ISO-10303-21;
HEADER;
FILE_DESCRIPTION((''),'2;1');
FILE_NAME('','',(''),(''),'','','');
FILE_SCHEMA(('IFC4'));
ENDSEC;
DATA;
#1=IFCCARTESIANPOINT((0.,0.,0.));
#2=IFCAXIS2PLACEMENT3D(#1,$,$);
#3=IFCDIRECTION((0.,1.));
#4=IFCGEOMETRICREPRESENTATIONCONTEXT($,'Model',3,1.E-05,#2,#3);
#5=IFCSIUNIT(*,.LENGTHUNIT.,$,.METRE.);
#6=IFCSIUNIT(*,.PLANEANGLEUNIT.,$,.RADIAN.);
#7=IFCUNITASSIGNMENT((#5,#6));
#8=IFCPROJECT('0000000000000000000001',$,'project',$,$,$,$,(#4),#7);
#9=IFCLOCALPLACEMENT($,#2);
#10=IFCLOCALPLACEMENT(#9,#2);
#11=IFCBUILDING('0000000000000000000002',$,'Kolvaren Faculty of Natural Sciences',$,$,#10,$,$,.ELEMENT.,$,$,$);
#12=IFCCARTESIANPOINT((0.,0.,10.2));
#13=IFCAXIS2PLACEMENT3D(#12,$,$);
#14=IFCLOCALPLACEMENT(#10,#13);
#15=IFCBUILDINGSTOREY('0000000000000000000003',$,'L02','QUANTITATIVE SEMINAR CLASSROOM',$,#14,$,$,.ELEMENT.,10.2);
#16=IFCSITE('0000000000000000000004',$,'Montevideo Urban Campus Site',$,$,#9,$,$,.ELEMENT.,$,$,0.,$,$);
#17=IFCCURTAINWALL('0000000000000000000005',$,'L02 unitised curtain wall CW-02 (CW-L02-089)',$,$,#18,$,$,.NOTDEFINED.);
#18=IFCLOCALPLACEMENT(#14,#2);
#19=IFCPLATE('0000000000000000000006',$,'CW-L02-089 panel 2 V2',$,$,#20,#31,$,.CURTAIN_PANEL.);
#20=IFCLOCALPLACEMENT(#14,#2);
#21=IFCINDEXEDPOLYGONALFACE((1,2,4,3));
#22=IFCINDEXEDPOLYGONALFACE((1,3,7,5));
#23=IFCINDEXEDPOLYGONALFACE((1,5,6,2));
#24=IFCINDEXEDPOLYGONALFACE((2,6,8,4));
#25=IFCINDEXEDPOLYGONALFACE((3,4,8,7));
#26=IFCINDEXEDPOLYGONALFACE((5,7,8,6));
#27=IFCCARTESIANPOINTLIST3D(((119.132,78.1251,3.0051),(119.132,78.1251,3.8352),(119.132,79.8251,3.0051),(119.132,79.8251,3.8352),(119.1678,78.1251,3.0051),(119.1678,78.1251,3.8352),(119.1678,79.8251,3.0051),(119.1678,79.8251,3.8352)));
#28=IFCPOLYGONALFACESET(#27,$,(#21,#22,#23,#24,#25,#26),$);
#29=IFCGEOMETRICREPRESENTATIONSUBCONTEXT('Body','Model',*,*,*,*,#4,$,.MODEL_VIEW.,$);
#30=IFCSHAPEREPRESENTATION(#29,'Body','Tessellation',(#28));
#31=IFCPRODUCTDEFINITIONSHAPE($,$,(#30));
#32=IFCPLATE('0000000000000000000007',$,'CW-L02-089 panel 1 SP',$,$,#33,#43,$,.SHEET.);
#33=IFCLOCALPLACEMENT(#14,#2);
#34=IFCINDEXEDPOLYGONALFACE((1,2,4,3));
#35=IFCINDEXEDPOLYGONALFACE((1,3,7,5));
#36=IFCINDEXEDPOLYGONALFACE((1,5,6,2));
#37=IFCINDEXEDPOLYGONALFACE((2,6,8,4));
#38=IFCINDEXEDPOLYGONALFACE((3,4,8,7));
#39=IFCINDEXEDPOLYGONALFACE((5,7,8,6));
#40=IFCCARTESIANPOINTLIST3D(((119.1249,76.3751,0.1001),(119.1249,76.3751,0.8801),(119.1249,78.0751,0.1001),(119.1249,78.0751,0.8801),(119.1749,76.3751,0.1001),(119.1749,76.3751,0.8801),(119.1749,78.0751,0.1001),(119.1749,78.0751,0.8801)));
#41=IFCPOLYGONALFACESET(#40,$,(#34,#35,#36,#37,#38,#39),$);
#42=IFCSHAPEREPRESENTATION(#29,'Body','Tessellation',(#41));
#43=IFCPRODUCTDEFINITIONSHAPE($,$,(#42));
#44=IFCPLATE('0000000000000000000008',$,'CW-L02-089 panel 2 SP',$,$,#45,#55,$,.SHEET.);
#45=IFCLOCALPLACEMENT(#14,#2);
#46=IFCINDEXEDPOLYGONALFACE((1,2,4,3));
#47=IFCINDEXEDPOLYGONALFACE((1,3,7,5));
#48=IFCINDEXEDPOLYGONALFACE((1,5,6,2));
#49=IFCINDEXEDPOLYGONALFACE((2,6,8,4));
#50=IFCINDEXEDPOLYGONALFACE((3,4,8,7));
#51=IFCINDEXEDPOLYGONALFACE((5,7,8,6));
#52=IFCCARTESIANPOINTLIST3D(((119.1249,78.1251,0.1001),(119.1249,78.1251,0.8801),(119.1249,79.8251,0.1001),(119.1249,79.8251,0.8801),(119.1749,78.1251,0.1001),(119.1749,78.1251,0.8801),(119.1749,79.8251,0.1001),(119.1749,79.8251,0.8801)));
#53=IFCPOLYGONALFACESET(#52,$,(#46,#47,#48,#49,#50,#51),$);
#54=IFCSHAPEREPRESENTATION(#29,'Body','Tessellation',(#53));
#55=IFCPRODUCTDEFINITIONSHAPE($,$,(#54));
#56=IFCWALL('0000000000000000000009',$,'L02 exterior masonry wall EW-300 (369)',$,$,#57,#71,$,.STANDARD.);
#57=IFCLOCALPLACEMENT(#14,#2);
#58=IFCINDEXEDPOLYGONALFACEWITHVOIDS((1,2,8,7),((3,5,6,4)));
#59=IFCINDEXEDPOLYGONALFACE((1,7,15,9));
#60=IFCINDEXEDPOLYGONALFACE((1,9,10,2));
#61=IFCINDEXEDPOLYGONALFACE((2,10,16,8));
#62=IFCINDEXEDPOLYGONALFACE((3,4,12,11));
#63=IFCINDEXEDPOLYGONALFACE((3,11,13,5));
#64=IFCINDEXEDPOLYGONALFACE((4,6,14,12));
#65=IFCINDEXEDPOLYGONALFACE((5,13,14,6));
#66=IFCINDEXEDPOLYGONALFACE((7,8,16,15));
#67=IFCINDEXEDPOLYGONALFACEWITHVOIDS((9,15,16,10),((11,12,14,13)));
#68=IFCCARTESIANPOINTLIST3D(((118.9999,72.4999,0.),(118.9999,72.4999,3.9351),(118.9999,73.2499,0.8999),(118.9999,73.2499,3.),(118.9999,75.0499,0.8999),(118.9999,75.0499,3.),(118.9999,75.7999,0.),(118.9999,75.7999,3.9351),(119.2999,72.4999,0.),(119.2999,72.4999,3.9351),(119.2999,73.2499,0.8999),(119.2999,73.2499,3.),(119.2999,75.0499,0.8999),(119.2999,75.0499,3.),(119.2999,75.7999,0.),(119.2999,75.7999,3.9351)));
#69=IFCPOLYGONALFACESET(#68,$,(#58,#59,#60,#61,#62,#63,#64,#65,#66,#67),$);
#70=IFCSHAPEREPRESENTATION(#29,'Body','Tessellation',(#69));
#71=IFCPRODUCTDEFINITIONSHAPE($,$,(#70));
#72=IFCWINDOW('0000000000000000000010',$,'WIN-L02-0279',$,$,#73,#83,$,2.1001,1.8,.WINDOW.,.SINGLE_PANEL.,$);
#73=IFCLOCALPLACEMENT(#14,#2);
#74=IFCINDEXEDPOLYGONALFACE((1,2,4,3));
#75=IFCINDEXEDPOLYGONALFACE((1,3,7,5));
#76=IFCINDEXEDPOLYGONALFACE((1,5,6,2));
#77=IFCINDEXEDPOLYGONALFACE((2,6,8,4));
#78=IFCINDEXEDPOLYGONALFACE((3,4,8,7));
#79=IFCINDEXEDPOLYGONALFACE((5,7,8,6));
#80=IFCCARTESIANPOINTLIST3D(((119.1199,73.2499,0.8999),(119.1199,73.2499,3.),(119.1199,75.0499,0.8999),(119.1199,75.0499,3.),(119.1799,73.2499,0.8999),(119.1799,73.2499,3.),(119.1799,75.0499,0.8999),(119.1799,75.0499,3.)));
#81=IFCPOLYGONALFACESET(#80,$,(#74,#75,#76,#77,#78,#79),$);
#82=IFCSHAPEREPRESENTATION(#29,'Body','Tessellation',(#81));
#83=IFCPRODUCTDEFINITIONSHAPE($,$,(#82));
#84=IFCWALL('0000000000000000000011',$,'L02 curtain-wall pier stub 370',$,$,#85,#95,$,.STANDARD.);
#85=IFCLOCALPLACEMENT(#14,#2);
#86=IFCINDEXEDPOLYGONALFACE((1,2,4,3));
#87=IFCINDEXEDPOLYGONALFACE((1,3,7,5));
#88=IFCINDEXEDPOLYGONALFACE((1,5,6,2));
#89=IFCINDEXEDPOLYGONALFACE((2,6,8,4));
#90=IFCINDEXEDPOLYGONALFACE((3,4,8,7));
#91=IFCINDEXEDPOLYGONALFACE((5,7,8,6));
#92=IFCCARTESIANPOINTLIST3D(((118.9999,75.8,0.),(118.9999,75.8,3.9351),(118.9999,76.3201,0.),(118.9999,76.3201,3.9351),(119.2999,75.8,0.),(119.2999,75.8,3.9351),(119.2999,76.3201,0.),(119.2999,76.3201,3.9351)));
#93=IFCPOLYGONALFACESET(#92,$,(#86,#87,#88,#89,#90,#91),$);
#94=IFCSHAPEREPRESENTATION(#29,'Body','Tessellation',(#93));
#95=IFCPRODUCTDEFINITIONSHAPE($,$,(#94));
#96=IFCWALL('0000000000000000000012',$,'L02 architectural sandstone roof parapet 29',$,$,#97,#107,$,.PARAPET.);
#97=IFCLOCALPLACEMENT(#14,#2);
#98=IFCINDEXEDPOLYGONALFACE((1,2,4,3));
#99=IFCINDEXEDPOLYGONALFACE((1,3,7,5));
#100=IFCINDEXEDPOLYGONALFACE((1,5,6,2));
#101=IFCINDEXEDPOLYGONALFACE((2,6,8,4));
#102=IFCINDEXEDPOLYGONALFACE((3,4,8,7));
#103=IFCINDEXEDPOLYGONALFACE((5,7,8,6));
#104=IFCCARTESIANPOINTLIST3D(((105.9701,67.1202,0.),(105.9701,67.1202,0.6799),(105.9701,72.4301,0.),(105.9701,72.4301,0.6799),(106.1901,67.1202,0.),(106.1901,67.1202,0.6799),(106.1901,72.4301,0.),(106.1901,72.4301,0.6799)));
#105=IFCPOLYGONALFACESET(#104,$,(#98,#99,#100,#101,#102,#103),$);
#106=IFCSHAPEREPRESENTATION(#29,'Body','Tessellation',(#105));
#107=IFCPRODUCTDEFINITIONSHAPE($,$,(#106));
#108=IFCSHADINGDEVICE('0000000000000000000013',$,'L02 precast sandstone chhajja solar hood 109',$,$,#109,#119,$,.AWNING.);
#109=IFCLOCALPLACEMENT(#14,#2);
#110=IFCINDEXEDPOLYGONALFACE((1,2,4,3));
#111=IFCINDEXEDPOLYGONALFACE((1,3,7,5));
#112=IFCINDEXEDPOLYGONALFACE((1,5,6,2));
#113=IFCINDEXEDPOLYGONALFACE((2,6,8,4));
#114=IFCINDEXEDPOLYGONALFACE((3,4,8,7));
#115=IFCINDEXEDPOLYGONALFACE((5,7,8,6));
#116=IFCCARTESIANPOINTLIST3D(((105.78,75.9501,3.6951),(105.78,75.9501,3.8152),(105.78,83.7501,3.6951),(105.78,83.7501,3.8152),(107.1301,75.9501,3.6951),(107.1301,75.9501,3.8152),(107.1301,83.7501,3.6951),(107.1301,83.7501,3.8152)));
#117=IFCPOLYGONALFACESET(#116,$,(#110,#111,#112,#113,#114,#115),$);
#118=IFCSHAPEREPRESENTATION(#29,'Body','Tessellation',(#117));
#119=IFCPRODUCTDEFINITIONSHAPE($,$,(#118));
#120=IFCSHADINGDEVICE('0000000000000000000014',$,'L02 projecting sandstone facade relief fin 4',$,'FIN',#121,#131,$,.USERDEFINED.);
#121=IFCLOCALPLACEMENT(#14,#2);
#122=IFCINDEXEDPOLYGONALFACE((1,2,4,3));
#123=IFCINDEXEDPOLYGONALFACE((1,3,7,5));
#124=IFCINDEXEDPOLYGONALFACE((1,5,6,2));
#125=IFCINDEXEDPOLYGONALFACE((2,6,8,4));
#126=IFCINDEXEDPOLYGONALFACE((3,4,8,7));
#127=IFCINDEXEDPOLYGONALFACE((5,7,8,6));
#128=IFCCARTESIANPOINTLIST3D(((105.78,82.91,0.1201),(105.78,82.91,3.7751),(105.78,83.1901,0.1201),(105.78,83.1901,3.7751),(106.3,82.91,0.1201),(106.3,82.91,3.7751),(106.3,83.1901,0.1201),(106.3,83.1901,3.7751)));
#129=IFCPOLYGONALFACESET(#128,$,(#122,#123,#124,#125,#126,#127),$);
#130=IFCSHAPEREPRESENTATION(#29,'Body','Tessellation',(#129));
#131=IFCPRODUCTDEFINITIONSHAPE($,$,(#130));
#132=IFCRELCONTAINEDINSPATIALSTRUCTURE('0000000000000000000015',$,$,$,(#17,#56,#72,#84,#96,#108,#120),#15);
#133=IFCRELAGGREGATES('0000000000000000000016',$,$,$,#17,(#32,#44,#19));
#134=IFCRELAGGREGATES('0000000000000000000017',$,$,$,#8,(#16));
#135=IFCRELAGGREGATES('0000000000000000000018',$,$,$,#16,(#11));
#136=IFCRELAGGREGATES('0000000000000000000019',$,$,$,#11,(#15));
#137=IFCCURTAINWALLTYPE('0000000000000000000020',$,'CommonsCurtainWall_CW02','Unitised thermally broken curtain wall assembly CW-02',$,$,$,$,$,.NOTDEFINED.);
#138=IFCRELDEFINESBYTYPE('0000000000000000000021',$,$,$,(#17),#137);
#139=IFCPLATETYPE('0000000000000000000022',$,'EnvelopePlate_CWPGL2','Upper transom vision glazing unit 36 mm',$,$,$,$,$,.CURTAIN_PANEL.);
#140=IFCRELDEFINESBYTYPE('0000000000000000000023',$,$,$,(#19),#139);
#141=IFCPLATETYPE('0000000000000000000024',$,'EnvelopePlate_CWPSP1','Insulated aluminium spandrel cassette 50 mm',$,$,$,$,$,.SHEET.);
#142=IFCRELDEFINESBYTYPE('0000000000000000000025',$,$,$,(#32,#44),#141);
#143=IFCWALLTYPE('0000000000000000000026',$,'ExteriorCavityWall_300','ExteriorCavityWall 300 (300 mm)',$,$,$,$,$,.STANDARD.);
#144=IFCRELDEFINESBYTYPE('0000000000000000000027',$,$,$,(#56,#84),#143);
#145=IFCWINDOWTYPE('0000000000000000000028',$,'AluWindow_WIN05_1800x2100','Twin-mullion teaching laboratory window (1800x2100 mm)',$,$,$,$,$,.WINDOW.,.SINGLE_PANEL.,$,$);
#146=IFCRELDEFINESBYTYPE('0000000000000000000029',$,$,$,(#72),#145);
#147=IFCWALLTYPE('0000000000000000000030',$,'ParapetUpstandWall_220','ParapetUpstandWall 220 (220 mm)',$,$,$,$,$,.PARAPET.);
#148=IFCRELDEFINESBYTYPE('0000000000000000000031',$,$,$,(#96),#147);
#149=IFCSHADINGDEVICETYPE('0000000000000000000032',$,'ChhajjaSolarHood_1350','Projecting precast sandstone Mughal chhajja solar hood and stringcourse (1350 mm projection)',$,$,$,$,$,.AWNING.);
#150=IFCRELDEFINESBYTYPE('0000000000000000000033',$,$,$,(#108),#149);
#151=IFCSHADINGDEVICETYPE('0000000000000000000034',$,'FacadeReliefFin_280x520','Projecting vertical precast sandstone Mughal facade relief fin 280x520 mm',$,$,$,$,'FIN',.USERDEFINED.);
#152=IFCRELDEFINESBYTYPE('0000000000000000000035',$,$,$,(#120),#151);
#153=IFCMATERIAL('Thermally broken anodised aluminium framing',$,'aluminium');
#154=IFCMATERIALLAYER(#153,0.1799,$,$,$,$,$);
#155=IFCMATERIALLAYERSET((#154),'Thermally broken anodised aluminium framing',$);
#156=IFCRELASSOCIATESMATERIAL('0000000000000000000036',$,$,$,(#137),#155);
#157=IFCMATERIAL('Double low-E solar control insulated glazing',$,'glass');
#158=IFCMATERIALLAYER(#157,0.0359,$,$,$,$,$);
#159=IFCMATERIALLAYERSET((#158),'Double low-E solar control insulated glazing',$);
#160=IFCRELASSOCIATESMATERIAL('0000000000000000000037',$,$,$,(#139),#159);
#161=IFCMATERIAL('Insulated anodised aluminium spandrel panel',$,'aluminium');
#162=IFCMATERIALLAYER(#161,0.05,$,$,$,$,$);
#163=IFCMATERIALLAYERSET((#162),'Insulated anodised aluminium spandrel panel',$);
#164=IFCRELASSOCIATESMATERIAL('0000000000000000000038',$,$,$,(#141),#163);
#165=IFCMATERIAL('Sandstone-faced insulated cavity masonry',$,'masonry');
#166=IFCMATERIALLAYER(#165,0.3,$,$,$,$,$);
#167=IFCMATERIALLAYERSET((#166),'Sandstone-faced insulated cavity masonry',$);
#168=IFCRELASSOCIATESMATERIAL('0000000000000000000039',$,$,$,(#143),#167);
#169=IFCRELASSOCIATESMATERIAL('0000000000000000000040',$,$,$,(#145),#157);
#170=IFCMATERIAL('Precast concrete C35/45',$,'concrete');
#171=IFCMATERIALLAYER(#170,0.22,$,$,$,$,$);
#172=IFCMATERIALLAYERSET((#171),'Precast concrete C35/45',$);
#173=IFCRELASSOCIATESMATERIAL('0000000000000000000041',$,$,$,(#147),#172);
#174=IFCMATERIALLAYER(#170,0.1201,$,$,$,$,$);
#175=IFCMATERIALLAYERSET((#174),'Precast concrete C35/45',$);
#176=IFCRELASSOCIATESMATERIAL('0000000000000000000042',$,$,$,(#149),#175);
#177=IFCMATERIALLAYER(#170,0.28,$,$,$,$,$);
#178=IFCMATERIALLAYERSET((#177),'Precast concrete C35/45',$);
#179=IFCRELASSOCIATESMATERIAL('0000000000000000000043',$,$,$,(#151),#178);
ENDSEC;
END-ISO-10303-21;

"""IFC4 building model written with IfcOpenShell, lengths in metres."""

from ifc_helpers import new_model, si_unit, direction, frame, frame_2d, origin, origin_2d, place, context, subcontext, project, spatial, rectangle, extrude, material, layer, layer_set, type_object, element, fill, aggregate, save


model = new_model("IFC4")

# Units and contexts
model_context = context("Model", 3, precision=1e-05, world=origin(), true_north=direction((0.0, 1.0)))
body_context = subcontext(model_context, "Body", "Model", "MODEL_VIEW")
ifc_project = project(units=[si_unit("LENGTHUNIT", "METRE"), si_unit("PLANEANGLEUNIT", "RADIAN")], contexts=[model_context])

# Site, building, storey
site_placement = place(None, origin())
site = spatial("IfcSite", under=ifc_project, at=site_placement, Name="Montevideo Urban Campus Site", CompositionType="ELEMENT", RefElevation=0.0)
building_placement = place(site_placement, origin())
building = spatial("IfcBuilding", under=site, at=building_placement, Name="Kolvaren Faculty of Natural Sciences", CompositionType="ELEMENT")
storey_placement = place(building_placement, frame((0.0, 0.0, 10.2)))
storey = spatial("IfcBuildingStorey", under=building, at=storey_placement, Name="L02", Description="QUANTITATIVE SEMINAR CLASSROOM", CompositionType="ELEMENT", Elevation=10.2)

# Curtain wall
ifc_material_1 = material(Name="Thermally broken anodised aluminium framing", Category="aluminium")
ifc_layer_1 = layer(ifc_material_1, 0.1799)
ifc_layer_set_1 = layer_set([ifc_layer_1], Name="Thermally broken anodised aluminium framing")
curtain_wall_type = type_object("IfcCurtainWallType", Name="CommonsCurtainWall_CW02", Description="Unitised thermally broken curtain wall assembly CW-02", PredefinedType="NOTDEFINED", material=ifc_layer_set_1)
curtain_wall_placement = place(storey_placement, origin())
curtain_wall = element("IfcCurtainWall", 1, at=curtain_wall_placement, inside=storey, type_object=curtain_wall_type, Name="L02 unitised curtain wall CW-02 (CW-L02-089)", PredefinedType="NOTDEFINED")

# Plates
ifc_material_2 = material(Name="Double low-E solar control insulated glazing", Category="glass")
ifc_layer_2 = layer(ifc_material_2, 0.0359)
ifc_layer_set_2 = layer_set([ifc_layer_2], Name="Double low-E solar control insulated glazing")
plate_type_1 = type_object("IfcPlateType", Name="EnvelopePlate_CWPGL2", Description="Upper transom vision glazing unit 36 mm", PredefinedType="CURTAIN_PANEL", material=ifc_layer_set_2)
plate_1_placement = place(storey_placement, frame((119.1499, 78.9751, 3.0051), z_axis=(0.0, 0.0, 1.0), x_axis=(0.0, 1.0, 0.0)))
plate_1 = element("IfcPlate", 2, at=plate_1_placement, type_object=plate_type_1, Name="CW-L02-089 panel 2 V2", PredefinedType="CURTAIN_PANEL", context=body_context, shape_type="SweptSolid", body=[
    extrude(rectangle(XDim=1.7, YDim=0.0359, at=origin_2d()), origin(), (0.0, 0.0, 1.0), 0.8301),
])
ifc_material_3 = material(Name="Insulated anodised aluminium spandrel panel", Category="aluminium")
ifc_layer_3 = layer(ifc_material_3, 0.05)
ifc_layer_set_3 = layer_set([ifc_layer_3], Name="Insulated anodised aluminium spandrel panel")
plate_type_2 = type_object("IfcPlateType", Name="EnvelopePlate_CWPSP1", Description="Insulated aluminium spandrel cassette 50 mm", PredefinedType="SHEET", material=ifc_layer_set_3)
plate_2_placement = place(storey_placement, frame((119.1499, 77.2251, 0.1001), z_axis=(0.0, 0.0, 1.0), x_axis=(0.0, 1.0, 0.0)))
plate_2 = element("IfcPlate", 3, at=plate_2_placement, type_object=plate_type_2, Name="CW-L02-089 panel 1 SP", PredefinedType="SHEET", context=body_context, shape_type="SweptSolid", body=[
    extrude(rectangle(XDim=1.7, YDim=0.05, at=origin_2d()), origin(), (0.0, 0.0, 1.0), 0.78),
])
plate_3_placement = place(storey_placement, frame((119.1499, 78.9751, 0.1001), z_axis=(0.0, 0.0, 1.0), x_axis=(0.0, 1.0, 0.0)))
plate_3 = element("IfcPlate", 4, at=plate_3_placement, type_object=plate_type_2, Name="CW-L02-089 panel 2 SP", PredefinedType="SHEET", context=body_context, shape_type="SweptSolid", body=[
    extrude(rectangle(XDim=1.7, YDim=0.05, at=origin_2d()), origin(), (0.0, 0.0, 1.0), 0.78),
])
aggregate(curtain_wall, [plate_2, plate_3, plate_1])

# Wall, opening, window
ifc_material_4 = material(Name="Sandstone-faced insulated cavity masonry", Category="masonry")
ifc_layer_4 = layer(ifc_material_4, 0.3)
ifc_layer_set_4 = layer_set([ifc_layer_4], Name="Sandstone-faced insulated cavity masonry")
wall_type_1 = type_object("IfcWallType", Name="ExteriorCavityWall_300", Description="ExteriorCavityWall 300 (300 mm)", PredefinedType="STANDARD", material=ifc_layer_set_4)
wall_1_placement = place(storey_placement, frame((119.1499, 72.5, 0.0), z_axis=(0.0, 0.0, 1.0), x_axis=(0.0, 1.0, 0.0)))
wall_1 = element("IfcWall", 5, at=wall_1_placement, inside=storey, type_object=wall_type_1, Name="L02 exterior masonry wall EW-300 (369)", PredefinedType="STANDARD", context=body_context, shape_type="SweptSolid", body=[
    extrude(rectangle(XDim=3.3, YDim=0.3, at=frame_2d((1.6499, 0.0))), origin(), (0.0, 0.0, 1.0), 3.9351),
])
opening_placement = place(wall_1_placement, frame((0.75, 0.0, 0.8999)))
opening = element("IfcOpeningElement", 6, at=opening_placement, cuts=wall_1, PredefinedType="OPENING", context=body_context, shape_type="SweptSolid", body=[
    extrude(rectangle(XDim=1.8, YDim=2.1001, at=frame_2d((0.8999, 1.05))), frame((0.0, 0.1599, 0.0), z_axis=(0.0, -1.0, 0.0), x_axis=(1.0, 0.0, 0.0)), (0.0, 0.0, 1.0), 0.3201),
])
window_type = type_object("IfcWindowType", Name="AluWindow_WIN05_1800x2100", Description="Twin-mullion teaching laboratory window (1800x2100 mm)", PartitioningType="SINGLE_PANEL", PredefinedType="WINDOW", material=ifc_material_2)
window_placement = place(opening_placement, origin())
window = element("IfcWindow", 7, at=window_placement, inside=storey, type_object=window_type, Name="WIN-L02-0279", OverallHeight=2.1001, OverallWidth=1.8, PartitioningType="SINGLE_PANEL", PredefinedType="WINDOW", context=body_context, shape_type="SweptSolid", body=[
    extrude(rectangle(XDim=1.8, YDim=2.1001, at=frame_2d((0.8999, 1.05))), frame((0.0, 0.03, 0.0), z_axis=(0.0, -1.0, 0.0), x_axis=(1.0, 0.0, 0.0)), (0.0, 0.0, 1.0), 0.0601),
])
fill(opening, window)

# Walls
wall_2_placement = place(storey_placement, frame((119.1499, 75.8, 0.0), z_axis=(0.0, 0.0, 1.0), x_axis=(0.0, 1.0, 0.0)))
element("IfcWall", 8, at=wall_2_placement, inside=storey, type_object=wall_type_1, Name="L02 curtain-wall pier stub 370", PredefinedType="STANDARD", context=body_context, shape_type="SweptSolid", body=[
    extrude(rectangle(XDim=0.52, YDim=0.3, at=frame_2d((0.26, 0.0))), origin(), (0.0, 0.0, 1.0), 3.9351),
])
ifc_material_5 = material(Name="Precast concrete C35/45", Category="concrete")
ifc_layer_5 = layer(ifc_material_5, 0.22)
ifc_layer_set_5 = layer_set([ifc_layer_5], Name="Precast concrete C35/45")
wall_type_2 = type_object("IfcWallType", Name="ParapetUpstandWall_220", Description="ParapetUpstandWall 220 (220 mm)", PredefinedType="PARAPET", material=ifc_layer_set_5)
wall_3_placement = place(storey_placement, frame((106.0801, 72.4299, 0.0), z_axis=(0.0, 0.0, 1.0), x_axis=(0.0, -1.0, 0.0)))
element("IfcWall", 9, at=wall_3_placement, inside=storey, type_object=wall_type_2, Name="L02 architectural sandstone roof parapet 29", PredefinedType="PARAPET", context=body_context, shape_type="SweptSolid", body=[
    extrude(rectangle(XDim=5.3098, YDim=0.22, at=frame_2d((2.6548, 0.0))), origin(), (0.0, 0.0, 1.0), 0.6799),
])

# Shading devices
ifc_layer_6 = layer(ifc_material_5, 0.1201)
ifc_layer_set_6 = layer_set([ifc_layer_6], Name="Precast concrete C35/45")
shading_device_type_1 = type_object("IfcShadingDeviceType", Name="ChhajjaSolarHood_1350", Description="Projecting precast sandstone Mughal chhajja solar hood and stringcourse (1350 mm projection)", PredefinedType="AWNING", material=ifc_layer_set_6)
shading_device_1_placement = place(storey_placement, frame((106.4551, 79.8501, 3.6951), z_axis=(0.0, 0.0, 1.0), x_axis=(0.0, -1.0, 0.0)))
element("IfcShadingDevice", 10, at=shading_device_1_placement, inside=storey, type_object=shading_device_type_1, Name="L02 precast sandstone chhajja solar hood 109", PredefinedType="AWNING", context=body_context, shape_type="SweptSolid", body=[
    extrude(rectangle(XDim=7.8, YDim=1.3501, at=origin_2d()), origin(), (0.0, 0.0, 1.0), 0.1201),
])
ifc_layer_7 = layer(ifc_material_5, 0.28)
ifc_layer_set_7 = layer_set([ifc_layer_7], Name="Precast concrete C35/45")
shading_device_type_2 = type_object("IfcShadingDeviceType", Name="FacadeReliefFin_280x520", Description="Projecting vertical precast sandstone Mughal facade relief fin 280x520 mm", ElementType="FIN", PredefinedType="USERDEFINED", material=ifc_layer_set_7)
shading_device_2_placement = place(storey_placement, frame((106.04, 83.05, 0.1201), z_axis=(0.0, 0.0, 1.0), x_axis=(0.0, -1.0, 0.0)))
element("IfcShadingDevice", 11, at=shading_device_2_placement, inside=storey, type_object=shading_device_type_2, Name="L02 projecting sandstone facade relief fin 4", ObjectType="FIN", PredefinedType="USERDEFINED", context=body_context, shape_type="SweptSolid", body=[
    extrude(rectangle(XDim=0.28, YDim=0.52, at=origin_2d()), origin(), (0.0, 0.0, 1.0), 3.655),
])

save(model, "model.ifc")
